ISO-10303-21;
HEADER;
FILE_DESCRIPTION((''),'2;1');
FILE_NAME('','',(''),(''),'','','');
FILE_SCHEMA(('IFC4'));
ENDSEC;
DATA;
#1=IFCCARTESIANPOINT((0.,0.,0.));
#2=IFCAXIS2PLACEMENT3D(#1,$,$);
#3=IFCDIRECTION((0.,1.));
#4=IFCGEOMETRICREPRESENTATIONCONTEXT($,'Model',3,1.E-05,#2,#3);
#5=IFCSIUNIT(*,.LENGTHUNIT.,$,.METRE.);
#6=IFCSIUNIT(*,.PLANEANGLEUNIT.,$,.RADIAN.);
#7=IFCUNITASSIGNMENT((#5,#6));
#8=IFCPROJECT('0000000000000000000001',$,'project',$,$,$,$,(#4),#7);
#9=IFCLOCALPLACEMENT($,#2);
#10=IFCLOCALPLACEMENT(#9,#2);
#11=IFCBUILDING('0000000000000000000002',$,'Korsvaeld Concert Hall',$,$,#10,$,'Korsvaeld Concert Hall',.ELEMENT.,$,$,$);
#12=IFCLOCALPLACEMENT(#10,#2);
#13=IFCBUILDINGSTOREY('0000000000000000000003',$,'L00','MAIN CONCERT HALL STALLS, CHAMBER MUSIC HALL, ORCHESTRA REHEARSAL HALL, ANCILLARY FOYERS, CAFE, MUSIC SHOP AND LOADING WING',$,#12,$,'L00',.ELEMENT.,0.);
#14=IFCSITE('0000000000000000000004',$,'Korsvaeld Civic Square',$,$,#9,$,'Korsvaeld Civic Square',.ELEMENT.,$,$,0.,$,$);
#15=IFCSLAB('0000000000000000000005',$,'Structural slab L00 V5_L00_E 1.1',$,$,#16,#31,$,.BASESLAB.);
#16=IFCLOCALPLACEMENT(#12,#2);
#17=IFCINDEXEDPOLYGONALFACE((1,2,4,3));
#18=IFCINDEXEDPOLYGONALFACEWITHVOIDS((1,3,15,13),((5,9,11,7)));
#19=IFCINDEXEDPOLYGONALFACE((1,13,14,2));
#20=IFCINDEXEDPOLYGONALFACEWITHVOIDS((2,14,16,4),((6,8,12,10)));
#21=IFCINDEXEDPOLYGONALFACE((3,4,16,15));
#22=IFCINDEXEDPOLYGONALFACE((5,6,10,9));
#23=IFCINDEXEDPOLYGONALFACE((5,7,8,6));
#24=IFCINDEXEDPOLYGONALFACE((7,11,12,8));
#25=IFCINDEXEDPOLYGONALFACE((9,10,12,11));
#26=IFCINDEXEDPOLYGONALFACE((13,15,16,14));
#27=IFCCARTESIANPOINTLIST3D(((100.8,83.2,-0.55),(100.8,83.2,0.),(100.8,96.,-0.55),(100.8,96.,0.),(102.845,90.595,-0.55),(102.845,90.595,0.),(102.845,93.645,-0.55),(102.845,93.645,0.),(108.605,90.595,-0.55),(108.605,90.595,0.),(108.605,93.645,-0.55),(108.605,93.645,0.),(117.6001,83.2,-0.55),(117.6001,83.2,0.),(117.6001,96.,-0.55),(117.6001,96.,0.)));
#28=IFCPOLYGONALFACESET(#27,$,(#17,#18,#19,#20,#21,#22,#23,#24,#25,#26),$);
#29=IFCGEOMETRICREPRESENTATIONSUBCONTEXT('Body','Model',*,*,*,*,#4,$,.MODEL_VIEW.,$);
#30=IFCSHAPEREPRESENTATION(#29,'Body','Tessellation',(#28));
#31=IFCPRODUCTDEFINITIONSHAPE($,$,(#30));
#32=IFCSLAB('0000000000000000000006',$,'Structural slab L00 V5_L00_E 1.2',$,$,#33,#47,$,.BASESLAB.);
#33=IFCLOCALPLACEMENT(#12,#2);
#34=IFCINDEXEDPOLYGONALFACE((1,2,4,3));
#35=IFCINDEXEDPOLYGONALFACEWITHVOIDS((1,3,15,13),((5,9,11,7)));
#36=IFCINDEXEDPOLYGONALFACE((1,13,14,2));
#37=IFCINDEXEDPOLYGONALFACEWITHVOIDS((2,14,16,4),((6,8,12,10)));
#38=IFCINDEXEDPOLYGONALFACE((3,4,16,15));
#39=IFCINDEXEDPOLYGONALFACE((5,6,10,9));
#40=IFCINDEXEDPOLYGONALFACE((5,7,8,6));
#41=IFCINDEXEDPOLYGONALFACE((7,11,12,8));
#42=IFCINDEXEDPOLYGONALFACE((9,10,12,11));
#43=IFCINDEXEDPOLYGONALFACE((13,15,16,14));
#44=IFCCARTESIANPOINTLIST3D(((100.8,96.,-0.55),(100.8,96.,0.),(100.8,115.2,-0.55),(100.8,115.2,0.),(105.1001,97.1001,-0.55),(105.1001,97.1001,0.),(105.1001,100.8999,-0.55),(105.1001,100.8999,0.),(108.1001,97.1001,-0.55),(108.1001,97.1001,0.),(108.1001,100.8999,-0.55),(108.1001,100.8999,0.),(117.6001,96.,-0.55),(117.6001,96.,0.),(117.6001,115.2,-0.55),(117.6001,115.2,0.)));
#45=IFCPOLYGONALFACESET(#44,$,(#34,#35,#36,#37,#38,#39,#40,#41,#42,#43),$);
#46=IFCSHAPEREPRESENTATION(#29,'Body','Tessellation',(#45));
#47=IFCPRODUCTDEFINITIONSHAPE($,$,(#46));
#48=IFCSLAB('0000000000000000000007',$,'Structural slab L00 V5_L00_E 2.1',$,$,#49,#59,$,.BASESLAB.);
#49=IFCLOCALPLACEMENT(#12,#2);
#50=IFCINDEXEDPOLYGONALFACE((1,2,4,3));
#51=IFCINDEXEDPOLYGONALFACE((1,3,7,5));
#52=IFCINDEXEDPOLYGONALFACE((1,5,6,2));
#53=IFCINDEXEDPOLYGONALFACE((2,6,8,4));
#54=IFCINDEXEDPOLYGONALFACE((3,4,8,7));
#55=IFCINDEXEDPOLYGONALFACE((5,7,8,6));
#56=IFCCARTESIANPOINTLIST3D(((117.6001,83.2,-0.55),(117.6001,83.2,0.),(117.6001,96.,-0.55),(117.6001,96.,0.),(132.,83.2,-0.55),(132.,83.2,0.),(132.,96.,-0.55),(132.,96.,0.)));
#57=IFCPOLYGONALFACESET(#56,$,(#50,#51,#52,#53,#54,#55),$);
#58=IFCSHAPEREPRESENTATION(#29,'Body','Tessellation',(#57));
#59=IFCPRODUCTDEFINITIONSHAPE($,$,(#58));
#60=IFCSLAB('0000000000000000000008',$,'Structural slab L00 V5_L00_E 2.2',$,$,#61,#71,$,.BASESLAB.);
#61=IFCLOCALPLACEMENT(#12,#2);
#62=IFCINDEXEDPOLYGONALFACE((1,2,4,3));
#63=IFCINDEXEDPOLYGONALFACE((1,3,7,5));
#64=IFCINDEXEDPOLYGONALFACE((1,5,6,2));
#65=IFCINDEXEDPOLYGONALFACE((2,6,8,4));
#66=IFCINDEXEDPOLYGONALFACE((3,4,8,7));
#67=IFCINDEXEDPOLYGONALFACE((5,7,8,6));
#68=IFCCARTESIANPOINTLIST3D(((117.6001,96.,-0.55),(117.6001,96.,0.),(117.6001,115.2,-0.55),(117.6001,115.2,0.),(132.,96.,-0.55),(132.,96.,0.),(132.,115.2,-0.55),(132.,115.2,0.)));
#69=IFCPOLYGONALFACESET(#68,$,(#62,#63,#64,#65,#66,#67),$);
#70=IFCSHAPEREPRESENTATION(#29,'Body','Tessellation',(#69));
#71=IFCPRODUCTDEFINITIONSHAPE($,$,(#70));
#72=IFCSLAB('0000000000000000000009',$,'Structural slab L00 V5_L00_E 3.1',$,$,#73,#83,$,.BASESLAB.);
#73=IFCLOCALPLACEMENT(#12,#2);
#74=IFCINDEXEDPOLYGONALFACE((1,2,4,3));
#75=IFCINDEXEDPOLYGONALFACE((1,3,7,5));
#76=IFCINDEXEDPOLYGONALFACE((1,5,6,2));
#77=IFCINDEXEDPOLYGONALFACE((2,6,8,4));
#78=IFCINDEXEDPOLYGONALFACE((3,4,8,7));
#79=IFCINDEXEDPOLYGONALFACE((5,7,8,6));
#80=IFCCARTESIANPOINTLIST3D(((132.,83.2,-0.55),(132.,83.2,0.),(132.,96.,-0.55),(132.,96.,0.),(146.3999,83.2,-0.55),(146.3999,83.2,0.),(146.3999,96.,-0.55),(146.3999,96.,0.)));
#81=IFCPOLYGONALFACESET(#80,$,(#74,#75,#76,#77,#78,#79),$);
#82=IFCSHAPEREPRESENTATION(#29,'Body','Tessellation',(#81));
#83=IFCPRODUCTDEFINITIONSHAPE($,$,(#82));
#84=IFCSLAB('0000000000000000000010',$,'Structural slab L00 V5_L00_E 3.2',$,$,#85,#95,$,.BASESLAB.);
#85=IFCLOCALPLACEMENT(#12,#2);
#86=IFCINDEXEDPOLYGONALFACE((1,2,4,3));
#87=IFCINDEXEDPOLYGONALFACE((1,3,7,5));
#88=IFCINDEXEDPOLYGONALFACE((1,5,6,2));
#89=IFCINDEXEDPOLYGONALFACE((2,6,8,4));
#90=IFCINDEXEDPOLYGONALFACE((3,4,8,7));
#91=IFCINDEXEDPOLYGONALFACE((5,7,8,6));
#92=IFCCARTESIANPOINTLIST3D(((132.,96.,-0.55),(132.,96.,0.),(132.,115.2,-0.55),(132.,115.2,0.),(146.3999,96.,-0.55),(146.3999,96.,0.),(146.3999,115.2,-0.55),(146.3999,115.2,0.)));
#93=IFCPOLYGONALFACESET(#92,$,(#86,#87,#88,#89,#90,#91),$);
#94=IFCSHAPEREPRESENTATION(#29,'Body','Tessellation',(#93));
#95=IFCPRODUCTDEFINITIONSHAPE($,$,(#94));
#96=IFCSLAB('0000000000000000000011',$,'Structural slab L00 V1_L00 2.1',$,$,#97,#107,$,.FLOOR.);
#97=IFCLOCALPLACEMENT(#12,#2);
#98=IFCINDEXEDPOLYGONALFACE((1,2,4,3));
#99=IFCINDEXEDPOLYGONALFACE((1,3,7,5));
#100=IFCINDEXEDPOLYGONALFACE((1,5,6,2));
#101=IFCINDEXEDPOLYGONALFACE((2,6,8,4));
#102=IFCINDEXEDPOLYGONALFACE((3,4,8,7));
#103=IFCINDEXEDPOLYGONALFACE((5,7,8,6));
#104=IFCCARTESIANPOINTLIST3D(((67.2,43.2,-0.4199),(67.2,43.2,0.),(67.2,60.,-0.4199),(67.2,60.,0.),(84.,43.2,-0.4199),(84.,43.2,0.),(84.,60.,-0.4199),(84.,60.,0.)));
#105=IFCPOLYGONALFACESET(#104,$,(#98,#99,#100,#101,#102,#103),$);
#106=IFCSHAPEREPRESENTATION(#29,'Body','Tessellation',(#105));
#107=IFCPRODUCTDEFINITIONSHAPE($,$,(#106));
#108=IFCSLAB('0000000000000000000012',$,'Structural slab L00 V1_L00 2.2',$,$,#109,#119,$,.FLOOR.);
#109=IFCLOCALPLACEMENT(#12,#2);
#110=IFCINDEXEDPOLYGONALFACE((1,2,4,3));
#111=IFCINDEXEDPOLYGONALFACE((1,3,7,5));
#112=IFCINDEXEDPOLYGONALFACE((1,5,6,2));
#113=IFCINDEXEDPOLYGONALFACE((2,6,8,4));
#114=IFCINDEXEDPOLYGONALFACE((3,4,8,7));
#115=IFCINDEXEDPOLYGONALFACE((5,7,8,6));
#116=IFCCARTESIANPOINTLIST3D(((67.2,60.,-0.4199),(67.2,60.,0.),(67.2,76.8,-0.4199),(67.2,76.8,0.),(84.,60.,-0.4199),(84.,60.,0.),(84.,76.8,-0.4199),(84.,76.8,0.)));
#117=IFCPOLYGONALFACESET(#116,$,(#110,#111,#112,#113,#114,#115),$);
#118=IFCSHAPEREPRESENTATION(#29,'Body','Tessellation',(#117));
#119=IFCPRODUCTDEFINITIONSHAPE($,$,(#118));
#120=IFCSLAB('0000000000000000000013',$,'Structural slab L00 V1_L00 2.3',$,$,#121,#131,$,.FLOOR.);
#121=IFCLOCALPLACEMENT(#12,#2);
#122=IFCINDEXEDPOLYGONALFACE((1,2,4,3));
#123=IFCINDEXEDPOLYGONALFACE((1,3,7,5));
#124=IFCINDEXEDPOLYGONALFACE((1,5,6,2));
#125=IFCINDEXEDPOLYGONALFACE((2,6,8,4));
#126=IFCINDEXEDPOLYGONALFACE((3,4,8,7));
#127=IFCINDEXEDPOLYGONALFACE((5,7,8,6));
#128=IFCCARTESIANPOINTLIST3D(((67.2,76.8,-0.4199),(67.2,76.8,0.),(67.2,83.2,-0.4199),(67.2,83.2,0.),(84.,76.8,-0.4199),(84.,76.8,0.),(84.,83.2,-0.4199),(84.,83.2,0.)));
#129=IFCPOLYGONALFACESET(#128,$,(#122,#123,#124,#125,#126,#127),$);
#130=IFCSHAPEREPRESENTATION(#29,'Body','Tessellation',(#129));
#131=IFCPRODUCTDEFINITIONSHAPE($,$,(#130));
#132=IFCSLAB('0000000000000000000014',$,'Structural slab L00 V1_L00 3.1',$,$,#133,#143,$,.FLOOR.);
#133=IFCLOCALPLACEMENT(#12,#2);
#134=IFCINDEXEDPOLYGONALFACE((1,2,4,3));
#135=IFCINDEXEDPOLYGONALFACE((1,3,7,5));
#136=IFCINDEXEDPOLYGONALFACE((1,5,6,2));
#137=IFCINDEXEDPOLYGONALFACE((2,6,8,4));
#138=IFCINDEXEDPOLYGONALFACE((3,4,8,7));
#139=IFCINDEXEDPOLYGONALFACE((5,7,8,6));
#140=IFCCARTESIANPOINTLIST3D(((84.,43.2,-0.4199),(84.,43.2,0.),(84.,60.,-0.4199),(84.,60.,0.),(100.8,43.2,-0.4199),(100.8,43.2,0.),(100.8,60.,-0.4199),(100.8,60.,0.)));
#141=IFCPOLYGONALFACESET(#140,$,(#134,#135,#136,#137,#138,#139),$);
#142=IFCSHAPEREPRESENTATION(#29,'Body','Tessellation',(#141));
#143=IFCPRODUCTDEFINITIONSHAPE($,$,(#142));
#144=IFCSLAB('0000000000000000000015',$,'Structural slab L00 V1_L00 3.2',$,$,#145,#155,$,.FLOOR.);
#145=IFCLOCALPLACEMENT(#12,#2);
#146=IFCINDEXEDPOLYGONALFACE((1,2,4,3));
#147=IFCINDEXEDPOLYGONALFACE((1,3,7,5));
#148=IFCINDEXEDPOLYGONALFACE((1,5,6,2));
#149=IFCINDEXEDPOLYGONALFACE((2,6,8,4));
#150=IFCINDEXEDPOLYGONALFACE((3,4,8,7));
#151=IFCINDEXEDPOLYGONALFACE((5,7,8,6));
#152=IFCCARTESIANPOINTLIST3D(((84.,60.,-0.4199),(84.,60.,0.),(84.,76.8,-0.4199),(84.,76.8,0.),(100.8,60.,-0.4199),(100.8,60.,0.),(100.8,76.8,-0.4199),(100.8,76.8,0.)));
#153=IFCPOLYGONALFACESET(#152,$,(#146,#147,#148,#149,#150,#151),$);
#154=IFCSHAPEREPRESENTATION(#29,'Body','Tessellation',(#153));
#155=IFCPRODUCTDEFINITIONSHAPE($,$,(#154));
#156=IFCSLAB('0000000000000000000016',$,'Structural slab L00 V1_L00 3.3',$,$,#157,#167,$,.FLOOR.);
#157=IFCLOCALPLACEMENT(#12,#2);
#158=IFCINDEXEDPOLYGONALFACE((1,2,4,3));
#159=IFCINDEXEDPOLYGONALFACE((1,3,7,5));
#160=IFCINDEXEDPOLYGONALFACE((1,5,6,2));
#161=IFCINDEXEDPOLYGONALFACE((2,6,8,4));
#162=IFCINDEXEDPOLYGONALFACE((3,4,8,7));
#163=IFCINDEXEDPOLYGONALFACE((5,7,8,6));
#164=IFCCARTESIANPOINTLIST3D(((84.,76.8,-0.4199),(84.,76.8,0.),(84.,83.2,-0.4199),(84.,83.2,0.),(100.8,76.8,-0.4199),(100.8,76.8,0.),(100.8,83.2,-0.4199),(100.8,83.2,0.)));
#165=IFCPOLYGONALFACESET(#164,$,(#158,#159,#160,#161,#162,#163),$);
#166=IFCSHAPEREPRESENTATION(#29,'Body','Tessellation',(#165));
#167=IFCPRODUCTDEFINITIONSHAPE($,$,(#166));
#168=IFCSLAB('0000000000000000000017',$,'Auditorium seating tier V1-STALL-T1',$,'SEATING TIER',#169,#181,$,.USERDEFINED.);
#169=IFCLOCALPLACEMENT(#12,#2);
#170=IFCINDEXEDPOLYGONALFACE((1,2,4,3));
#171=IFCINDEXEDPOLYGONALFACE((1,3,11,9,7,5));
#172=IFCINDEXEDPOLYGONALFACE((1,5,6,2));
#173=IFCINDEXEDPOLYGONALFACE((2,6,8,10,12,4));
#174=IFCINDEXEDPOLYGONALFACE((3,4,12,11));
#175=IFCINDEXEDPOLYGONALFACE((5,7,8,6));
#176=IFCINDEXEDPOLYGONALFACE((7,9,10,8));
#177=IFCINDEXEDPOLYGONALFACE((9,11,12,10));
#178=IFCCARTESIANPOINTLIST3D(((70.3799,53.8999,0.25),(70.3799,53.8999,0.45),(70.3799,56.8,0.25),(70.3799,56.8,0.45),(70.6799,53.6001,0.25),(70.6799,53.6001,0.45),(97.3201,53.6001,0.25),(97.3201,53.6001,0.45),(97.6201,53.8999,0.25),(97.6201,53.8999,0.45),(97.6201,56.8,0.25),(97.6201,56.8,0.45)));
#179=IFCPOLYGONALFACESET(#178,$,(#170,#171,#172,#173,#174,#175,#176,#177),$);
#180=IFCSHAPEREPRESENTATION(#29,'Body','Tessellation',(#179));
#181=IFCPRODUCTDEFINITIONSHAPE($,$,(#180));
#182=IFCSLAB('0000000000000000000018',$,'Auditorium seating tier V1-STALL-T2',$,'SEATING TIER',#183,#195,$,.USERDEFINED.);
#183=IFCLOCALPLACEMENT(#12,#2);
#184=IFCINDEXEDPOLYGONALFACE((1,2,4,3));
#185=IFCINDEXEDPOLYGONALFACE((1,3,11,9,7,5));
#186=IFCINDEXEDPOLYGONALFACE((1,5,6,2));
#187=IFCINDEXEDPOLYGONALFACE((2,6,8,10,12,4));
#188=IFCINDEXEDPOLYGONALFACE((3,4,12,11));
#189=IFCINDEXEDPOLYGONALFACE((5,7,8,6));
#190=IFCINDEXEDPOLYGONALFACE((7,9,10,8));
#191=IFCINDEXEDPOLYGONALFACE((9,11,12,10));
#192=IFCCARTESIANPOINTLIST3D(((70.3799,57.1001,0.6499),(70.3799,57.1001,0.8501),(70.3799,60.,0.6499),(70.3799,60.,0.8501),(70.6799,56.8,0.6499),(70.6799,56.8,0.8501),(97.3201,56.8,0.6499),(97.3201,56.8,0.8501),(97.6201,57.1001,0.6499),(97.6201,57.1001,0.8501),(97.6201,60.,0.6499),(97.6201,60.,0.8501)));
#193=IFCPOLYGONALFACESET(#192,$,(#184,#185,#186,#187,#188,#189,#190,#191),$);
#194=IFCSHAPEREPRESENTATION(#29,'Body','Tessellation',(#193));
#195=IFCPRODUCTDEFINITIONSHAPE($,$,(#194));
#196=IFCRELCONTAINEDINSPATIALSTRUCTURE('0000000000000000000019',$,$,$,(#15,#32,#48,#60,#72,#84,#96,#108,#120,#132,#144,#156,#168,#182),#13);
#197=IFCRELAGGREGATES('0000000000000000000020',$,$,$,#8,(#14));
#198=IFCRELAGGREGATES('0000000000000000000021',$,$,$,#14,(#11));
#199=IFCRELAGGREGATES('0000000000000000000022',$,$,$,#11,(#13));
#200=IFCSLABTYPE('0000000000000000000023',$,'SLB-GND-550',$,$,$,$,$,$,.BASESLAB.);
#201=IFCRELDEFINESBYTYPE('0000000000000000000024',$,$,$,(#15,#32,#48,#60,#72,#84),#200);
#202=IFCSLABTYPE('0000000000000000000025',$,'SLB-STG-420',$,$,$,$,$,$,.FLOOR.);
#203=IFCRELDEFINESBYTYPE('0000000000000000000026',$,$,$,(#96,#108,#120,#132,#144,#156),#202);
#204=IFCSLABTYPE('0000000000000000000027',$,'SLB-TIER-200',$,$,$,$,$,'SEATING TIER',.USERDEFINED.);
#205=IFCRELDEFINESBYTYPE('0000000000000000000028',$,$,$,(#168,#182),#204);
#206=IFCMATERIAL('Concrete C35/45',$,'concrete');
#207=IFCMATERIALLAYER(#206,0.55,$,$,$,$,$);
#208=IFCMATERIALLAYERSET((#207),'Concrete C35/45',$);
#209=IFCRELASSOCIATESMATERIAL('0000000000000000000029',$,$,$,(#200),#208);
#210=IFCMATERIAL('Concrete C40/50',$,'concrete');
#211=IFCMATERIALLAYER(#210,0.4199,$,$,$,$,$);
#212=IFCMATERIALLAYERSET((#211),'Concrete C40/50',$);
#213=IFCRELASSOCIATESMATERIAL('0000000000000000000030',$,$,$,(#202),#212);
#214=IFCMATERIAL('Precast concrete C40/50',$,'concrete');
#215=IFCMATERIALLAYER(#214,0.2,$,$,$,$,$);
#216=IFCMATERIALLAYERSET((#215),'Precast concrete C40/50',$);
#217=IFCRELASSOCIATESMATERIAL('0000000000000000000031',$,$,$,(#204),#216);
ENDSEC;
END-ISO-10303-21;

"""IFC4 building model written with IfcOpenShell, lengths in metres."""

from ifc_helpers import new_model, si_unit, direction, frame, origin, place, context, subcontext, project, spatial, polyline, outline, extrude, material, layer, layer_set, type_object, element, save


model = new_model("IFC4")

# Units and contexts
model_context = context("Model", 3, precision=1e-05, world=origin(), true_north=direction((0.0, 1.0)))
body_context = subcontext(model_context, "Body", "Model", "MODEL_VIEW")
ifc_project = project(units=[si_unit("LENGTHUNIT", "METRE"), si_unit("PLANEANGLEUNIT", "RADIAN")], contexts=[model_context])

# Site, building, storey
site_placement = place(None, origin())
site = spatial("IfcSite", under=ifc_project, at=site_placement, Name="Korsvaeld Civic Square", LongName="Korsvaeld Civic Square", CompositionType="ELEMENT", RefElevation=0.0)
building_placement = place(site_placement, origin())
building = spatial("IfcBuilding", under=site, at=building_placement, Name="Korsvaeld Concert Hall", LongName="Korsvaeld Concert Hall", CompositionType="ELEMENT")
storey_placement = place(building_placement, origin())
storey = spatial("IfcBuildingStorey", under=building, at=storey_placement, Name="L00", Description="MAIN CONCERT HALL STALLS, CHAMBER MUSIC HALL, ORCHESTRA REHEARSAL HALL, ANCILLARY FOYERS, CAFE, MUSIC SHOP AND LOADING WING", LongName="L00", CompositionType="ELEMENT", Elevation=0.0)

# Shared definitions
ifc_material_1 = material(Name="Concrete C40/50", Category="concrete")

# Slabs
ifc_material_2 = material(Name="Concrete C35/45", Category="concrete")
ifc_layer_1 = layer(ifc_material_2, 0.55)
ifc_layer_set_1 = layer_set([ifc_layer_1], Name="Concrete C35/45")
slab_type_1 = type_object("IfcSlabType", Name="SLB-GND-550", PredefinedType="BASESLAB", material=ifc_layer_set_1)
slab_1_placement = place(storey_placement, frame((0.0, 0.0, -0.55)))
element("IfcSlab", 1, at=slab_1_placement, inside=storey, type_object=slab_type_1, Name="Structural slab L00 V5_L00_E 1.1", PredefinedType="BASESLAB", context=body_context, shape_type="SweptSolid", body=[
    extrude(outline(polyline([(100.8, 83.2), (100.8, 96.0), (117.6001, 96.0), (117.6001, 83.2), (100.8, 83.2)]), holes=[polyline([(108.605, 90.595), (108.605, 93.645), (102.845, 93.645), (102.845, 90.595), (108.605, 90.595)])]), origin(), (0.0, 0.0, 1.0), 0.55),
])
slab_2_placement = place(storey_placement, frame((0.0, 0.0, -0.55)))
element("IfcSlab", 2, at=slab_2_placement, inside=storey, type_object=slab_type_1, Name="Structural slab L00 V5_L00_E 1.2", PredefinedType="BASESLAB", context=body_context, shape_type="SweptSolid", body=[
    extrude(outline(polyline([(100.8, 96.0), (100.8, 115.2), (117.6001, 115.2), (117.6001, 96.0), (100.8, 96.0)]), holes=[polyline([(108.1001, 100.8999), (105.1001, 100.8999), (105.1001, 97.1001), (108.1001, 97.1001), (108.1001, 100.8999)])]), origin(), (0.0, 0.0, 1.0), 0.55),
])
slab_3_placement = place(storey_placement, frame((0.0, 0.0, -0.55)))
element("IfcSlab", 3, at=slab_3_placement, inside=storey, type_object=slab_type_1, Name="Structural slab L00 V5_L00_E 2.1", PredefinedType="BASESLAB", context=body_context, shape_type="SweptSolid", body=[
    extrude(outline(polyline([(117.6001, 83.2), (117.6001, 96.0), (132.0, 96.0), (132.0, 83.2), (117.6001, 83.2)])), origin(), (0.0, 0.0, 1.0), 0.55),
])
slab_4_placement = place(storey_placement, frame((0.0, 0.0, -0.55)))
element("IfcSlab", 4, at=slab_4_placement, inside=storey, type_object=slab_type_1, Name="Structural slab L00 V5_L00_E 2.2", PredefinedType="BASESLAB", context=body_context, shape_type="SweptSolid", body=[
    extrude(outline(polyline([(117.6001, 96.0), (117.6001, 115.2), (132.0, 115.2), (132.0, 96.0), (117.6001, 96.0)])), origin(), (0.0, 0.0, 1.0), 0.55),
])
slab_5_placement = place(storey_placement, frame((0.0, 0.0, -0.55)))
element("IfcSlab", 5, at=slab_5_placement, inside=storey, type_object=slab_type_1, Name="Structural slab L00 V5_L00_E 3.1", PredefinedType="BASESLAB", context=body_context, shape_type="SweptSolid", body=[
    extrude(outline(polyline([(132.0, 83.2), (132.0, 96.0), (146.3999, 96.0), (146.3999, 83.2), (132.0, 83.2)])), origin(), (0.0, 0.0, 1.0), 0.55),
])
slab_6_placement = place(storey_placement, frame((0.0, 0.0, -0.55)))
element("IfcSlab", 6, at=slab_6_placement, inside=storey, type_object=slab_type_1, Name="Structural slab L00 V5_L00_E 3.2", PredefinedType="BASESLAB", context=body_context, shape_type="SweptSolid", body=[
    extrude(outline(polyline([(132.0, 96.0), (132.0, 115.2), (146.3999, 115.2), (146.3999, 96.0), (132.0, 96.0)])), origin(), (0.0, 0.0, 1.0), 0.55),
])
ifc_layer_2 = layer(ifc_material_1, 0.4199)
ifc_layer_set_2 = layer_set([ifc_layer_2], Name="Concrete C40/50")
slab_type_2 = type_object("IfcSlabType", Name="SLB-STG-420", PredefinedType="FLOOR", material=ifc_layer_set_2)
slab_7_placement = place(storey_placement, frame((0.0, 0.0, -0.4199)))
element("IfcSlab", 7, at=slab_7_placement, inside=storey, type_object=slab_type_2, Name="Structural slab L00 V1_L00 2.1", PredefinedType="FLOOR", context=body_context, shape_type="SweptSolid", body=[
    extrude(outline(polyline([(67.2, 43.2), (67.2, 60.0), (84.0, 60.0), (84.0, 43.2), (67.2, 43.2)])), origin(), (0.0, 0.0, 1.0), 0.4199),
])
slab_8_placement = place(storey_placement, frame((0.0, 0.0, -0.4199)))
element("IfcSlab", 8, at=slab_8_placement, inside=storey, type_object=slab_type_2, Name="Structural slab L00 V1_L00 2.2", PredefinedType="FLOOR", context=body_context, shape_type="SweptSolid", body=[
    extrude(outline(polyline([(67.2, 60.0), (67.2, 76.8), (84.0, 76.8), (84.0, 60.0), (67.2, 60.0)])), origin(), (0.0, 0.0, 1.0), 0.4199),
])
slab_9_placement = place(storey_placement, frame((0.0, 0.0, -0.4199)))
element("IfcSlab", 9, at=slab_9_placement, inside=storey, type_object=slab_type_2, Name="Structural slab L00 V1_L00 2.3", PredefinedType="FLOOR", context=body_context, shape_type="SweptSolid", body=[
    extrude(outline(polyline([(67.2, 76.8), (67.2, 83.2), (84.0, 83.2), (84.0, 76.8), (67.2, 76.8)])), origin(), (0.0, 0.0, 1.0), 0.4199),
])
slab_10_placement = place(storey_placement, frame((0.0, 0.0, -0.4199)))
element("IfcSlab", 10, at=slab_10_placement, inside=storey, type_object=slab_type_2, Name="Structural slab L00 V1_L00 3.1", PredefinedType="FLOOR", context=body_context, shape_type="SweptSolid", body=[
    extrude(outline(polyline([(84.0, 43.2), (84.0, 60.0), (100.8, 60.0), (100.8, 43.2), (84.0, 43.2)])), origin(), (0.0, 0.0, 1.0), 0.4199),
])
slab_11_placement = place(storey_placement, frame((0.0, 0.0, -0.4199)))
element("IfcSlab", 11, at=slab_11_placement, inside=storey, type_object=slab_type_2, Name="Structural slab L00 V1_L00 3.2", PredefinedType="FLOOR", context=body_context, shape_type="SweptSolid", body=[
    extrude(outline(polyline([(84.0, 60.0), (84.0, 76.8), (100.8, 76.8), (100.8, 60.0), (84.0, 60.0)])), origin(), (0.0, 0.0, 1.0), 0.4199),
])
slab_12_placement = place(storey_placement, frame((0.0, 0.0, -0.4199)))
element("IfcSlab", 12, at=slab_12_placement, inside=storey, type_object=slab_type_2, Name="Structural slab L00 V1_L00 3.3", PredefinedType="FLOOR", context=body_context, shape_type="SweptSolid", body=[
    extrude(outline(polyline([(84.0, 76.8), (84.0, 83.2), (100.8, 83.2), (100.8, 76.8), (84.0, 76.8)])), origin(), (0.0, 0.0, 1.0), 0.4199),
])
ifc_material_3 = material(Name="Precast concrete C40/50", Category="concrete")
ifc_layer_3 = layer(ifc_material_3, 0.2)
ifc_layer_set_3 = layer_set([ifc_layer_3], Name="Precast concrete C40/50")
slab_type_3 = type_object("IfcSlabType", Name="SLB-TIER-200", ElementType="SEATING TIER", PredefinedType="USERDEFINED", material=ifc_layer_set_3)
slab_13_placement = place(storey_placement, frame((0.0, 0.0, 0.25)))
element("IfcSlab", 13, at=slab_13_placement, inside=storey, type_object=slab_type_3, Name="Auditorium seating tier V1-STALL-T1", ObjectType="SEATING TIER", PredefinedType="USERDEFINED", context=body_context, shape_type="SweptSolid", body=[
    extrude(outline(polyline([(70.3799, 53.8999), (70.6799, 53.6001), (97.3201, 53.6001), (97.6201, 53.8999), (97.6201, 56.8), (70.3799, 56.8), (70.3799, 53.8999)])), origin(), (0.0, 0.0, 1.0), 0.2),
])
slab_14_placement = place(storey_placement, frame((0.0, 0.0, 0.6499)))
element("IfcSlab", 14, at=slab_14_placement, inside=storey, type_object=slab_type_3, Name="Auditorium seating tier V1-STALL-T2", ObjectType="SEATING TIER", PredefinedType="USERDEFINED", context=body_context, shape_type="SweptSolid", body=[
    extrude(outline(polyline([(70.3799, 57.1001), (70.6799, 56.8), (97.3201, 56.8), (97.6201, 57.1001), (97.6201, 60.0), (70.3799, 60.0), (70.3799, 57.1001)])), origin(), (0.0, 0.0, 1.0), 0.2002),
])

save(model, "model.ifc")
